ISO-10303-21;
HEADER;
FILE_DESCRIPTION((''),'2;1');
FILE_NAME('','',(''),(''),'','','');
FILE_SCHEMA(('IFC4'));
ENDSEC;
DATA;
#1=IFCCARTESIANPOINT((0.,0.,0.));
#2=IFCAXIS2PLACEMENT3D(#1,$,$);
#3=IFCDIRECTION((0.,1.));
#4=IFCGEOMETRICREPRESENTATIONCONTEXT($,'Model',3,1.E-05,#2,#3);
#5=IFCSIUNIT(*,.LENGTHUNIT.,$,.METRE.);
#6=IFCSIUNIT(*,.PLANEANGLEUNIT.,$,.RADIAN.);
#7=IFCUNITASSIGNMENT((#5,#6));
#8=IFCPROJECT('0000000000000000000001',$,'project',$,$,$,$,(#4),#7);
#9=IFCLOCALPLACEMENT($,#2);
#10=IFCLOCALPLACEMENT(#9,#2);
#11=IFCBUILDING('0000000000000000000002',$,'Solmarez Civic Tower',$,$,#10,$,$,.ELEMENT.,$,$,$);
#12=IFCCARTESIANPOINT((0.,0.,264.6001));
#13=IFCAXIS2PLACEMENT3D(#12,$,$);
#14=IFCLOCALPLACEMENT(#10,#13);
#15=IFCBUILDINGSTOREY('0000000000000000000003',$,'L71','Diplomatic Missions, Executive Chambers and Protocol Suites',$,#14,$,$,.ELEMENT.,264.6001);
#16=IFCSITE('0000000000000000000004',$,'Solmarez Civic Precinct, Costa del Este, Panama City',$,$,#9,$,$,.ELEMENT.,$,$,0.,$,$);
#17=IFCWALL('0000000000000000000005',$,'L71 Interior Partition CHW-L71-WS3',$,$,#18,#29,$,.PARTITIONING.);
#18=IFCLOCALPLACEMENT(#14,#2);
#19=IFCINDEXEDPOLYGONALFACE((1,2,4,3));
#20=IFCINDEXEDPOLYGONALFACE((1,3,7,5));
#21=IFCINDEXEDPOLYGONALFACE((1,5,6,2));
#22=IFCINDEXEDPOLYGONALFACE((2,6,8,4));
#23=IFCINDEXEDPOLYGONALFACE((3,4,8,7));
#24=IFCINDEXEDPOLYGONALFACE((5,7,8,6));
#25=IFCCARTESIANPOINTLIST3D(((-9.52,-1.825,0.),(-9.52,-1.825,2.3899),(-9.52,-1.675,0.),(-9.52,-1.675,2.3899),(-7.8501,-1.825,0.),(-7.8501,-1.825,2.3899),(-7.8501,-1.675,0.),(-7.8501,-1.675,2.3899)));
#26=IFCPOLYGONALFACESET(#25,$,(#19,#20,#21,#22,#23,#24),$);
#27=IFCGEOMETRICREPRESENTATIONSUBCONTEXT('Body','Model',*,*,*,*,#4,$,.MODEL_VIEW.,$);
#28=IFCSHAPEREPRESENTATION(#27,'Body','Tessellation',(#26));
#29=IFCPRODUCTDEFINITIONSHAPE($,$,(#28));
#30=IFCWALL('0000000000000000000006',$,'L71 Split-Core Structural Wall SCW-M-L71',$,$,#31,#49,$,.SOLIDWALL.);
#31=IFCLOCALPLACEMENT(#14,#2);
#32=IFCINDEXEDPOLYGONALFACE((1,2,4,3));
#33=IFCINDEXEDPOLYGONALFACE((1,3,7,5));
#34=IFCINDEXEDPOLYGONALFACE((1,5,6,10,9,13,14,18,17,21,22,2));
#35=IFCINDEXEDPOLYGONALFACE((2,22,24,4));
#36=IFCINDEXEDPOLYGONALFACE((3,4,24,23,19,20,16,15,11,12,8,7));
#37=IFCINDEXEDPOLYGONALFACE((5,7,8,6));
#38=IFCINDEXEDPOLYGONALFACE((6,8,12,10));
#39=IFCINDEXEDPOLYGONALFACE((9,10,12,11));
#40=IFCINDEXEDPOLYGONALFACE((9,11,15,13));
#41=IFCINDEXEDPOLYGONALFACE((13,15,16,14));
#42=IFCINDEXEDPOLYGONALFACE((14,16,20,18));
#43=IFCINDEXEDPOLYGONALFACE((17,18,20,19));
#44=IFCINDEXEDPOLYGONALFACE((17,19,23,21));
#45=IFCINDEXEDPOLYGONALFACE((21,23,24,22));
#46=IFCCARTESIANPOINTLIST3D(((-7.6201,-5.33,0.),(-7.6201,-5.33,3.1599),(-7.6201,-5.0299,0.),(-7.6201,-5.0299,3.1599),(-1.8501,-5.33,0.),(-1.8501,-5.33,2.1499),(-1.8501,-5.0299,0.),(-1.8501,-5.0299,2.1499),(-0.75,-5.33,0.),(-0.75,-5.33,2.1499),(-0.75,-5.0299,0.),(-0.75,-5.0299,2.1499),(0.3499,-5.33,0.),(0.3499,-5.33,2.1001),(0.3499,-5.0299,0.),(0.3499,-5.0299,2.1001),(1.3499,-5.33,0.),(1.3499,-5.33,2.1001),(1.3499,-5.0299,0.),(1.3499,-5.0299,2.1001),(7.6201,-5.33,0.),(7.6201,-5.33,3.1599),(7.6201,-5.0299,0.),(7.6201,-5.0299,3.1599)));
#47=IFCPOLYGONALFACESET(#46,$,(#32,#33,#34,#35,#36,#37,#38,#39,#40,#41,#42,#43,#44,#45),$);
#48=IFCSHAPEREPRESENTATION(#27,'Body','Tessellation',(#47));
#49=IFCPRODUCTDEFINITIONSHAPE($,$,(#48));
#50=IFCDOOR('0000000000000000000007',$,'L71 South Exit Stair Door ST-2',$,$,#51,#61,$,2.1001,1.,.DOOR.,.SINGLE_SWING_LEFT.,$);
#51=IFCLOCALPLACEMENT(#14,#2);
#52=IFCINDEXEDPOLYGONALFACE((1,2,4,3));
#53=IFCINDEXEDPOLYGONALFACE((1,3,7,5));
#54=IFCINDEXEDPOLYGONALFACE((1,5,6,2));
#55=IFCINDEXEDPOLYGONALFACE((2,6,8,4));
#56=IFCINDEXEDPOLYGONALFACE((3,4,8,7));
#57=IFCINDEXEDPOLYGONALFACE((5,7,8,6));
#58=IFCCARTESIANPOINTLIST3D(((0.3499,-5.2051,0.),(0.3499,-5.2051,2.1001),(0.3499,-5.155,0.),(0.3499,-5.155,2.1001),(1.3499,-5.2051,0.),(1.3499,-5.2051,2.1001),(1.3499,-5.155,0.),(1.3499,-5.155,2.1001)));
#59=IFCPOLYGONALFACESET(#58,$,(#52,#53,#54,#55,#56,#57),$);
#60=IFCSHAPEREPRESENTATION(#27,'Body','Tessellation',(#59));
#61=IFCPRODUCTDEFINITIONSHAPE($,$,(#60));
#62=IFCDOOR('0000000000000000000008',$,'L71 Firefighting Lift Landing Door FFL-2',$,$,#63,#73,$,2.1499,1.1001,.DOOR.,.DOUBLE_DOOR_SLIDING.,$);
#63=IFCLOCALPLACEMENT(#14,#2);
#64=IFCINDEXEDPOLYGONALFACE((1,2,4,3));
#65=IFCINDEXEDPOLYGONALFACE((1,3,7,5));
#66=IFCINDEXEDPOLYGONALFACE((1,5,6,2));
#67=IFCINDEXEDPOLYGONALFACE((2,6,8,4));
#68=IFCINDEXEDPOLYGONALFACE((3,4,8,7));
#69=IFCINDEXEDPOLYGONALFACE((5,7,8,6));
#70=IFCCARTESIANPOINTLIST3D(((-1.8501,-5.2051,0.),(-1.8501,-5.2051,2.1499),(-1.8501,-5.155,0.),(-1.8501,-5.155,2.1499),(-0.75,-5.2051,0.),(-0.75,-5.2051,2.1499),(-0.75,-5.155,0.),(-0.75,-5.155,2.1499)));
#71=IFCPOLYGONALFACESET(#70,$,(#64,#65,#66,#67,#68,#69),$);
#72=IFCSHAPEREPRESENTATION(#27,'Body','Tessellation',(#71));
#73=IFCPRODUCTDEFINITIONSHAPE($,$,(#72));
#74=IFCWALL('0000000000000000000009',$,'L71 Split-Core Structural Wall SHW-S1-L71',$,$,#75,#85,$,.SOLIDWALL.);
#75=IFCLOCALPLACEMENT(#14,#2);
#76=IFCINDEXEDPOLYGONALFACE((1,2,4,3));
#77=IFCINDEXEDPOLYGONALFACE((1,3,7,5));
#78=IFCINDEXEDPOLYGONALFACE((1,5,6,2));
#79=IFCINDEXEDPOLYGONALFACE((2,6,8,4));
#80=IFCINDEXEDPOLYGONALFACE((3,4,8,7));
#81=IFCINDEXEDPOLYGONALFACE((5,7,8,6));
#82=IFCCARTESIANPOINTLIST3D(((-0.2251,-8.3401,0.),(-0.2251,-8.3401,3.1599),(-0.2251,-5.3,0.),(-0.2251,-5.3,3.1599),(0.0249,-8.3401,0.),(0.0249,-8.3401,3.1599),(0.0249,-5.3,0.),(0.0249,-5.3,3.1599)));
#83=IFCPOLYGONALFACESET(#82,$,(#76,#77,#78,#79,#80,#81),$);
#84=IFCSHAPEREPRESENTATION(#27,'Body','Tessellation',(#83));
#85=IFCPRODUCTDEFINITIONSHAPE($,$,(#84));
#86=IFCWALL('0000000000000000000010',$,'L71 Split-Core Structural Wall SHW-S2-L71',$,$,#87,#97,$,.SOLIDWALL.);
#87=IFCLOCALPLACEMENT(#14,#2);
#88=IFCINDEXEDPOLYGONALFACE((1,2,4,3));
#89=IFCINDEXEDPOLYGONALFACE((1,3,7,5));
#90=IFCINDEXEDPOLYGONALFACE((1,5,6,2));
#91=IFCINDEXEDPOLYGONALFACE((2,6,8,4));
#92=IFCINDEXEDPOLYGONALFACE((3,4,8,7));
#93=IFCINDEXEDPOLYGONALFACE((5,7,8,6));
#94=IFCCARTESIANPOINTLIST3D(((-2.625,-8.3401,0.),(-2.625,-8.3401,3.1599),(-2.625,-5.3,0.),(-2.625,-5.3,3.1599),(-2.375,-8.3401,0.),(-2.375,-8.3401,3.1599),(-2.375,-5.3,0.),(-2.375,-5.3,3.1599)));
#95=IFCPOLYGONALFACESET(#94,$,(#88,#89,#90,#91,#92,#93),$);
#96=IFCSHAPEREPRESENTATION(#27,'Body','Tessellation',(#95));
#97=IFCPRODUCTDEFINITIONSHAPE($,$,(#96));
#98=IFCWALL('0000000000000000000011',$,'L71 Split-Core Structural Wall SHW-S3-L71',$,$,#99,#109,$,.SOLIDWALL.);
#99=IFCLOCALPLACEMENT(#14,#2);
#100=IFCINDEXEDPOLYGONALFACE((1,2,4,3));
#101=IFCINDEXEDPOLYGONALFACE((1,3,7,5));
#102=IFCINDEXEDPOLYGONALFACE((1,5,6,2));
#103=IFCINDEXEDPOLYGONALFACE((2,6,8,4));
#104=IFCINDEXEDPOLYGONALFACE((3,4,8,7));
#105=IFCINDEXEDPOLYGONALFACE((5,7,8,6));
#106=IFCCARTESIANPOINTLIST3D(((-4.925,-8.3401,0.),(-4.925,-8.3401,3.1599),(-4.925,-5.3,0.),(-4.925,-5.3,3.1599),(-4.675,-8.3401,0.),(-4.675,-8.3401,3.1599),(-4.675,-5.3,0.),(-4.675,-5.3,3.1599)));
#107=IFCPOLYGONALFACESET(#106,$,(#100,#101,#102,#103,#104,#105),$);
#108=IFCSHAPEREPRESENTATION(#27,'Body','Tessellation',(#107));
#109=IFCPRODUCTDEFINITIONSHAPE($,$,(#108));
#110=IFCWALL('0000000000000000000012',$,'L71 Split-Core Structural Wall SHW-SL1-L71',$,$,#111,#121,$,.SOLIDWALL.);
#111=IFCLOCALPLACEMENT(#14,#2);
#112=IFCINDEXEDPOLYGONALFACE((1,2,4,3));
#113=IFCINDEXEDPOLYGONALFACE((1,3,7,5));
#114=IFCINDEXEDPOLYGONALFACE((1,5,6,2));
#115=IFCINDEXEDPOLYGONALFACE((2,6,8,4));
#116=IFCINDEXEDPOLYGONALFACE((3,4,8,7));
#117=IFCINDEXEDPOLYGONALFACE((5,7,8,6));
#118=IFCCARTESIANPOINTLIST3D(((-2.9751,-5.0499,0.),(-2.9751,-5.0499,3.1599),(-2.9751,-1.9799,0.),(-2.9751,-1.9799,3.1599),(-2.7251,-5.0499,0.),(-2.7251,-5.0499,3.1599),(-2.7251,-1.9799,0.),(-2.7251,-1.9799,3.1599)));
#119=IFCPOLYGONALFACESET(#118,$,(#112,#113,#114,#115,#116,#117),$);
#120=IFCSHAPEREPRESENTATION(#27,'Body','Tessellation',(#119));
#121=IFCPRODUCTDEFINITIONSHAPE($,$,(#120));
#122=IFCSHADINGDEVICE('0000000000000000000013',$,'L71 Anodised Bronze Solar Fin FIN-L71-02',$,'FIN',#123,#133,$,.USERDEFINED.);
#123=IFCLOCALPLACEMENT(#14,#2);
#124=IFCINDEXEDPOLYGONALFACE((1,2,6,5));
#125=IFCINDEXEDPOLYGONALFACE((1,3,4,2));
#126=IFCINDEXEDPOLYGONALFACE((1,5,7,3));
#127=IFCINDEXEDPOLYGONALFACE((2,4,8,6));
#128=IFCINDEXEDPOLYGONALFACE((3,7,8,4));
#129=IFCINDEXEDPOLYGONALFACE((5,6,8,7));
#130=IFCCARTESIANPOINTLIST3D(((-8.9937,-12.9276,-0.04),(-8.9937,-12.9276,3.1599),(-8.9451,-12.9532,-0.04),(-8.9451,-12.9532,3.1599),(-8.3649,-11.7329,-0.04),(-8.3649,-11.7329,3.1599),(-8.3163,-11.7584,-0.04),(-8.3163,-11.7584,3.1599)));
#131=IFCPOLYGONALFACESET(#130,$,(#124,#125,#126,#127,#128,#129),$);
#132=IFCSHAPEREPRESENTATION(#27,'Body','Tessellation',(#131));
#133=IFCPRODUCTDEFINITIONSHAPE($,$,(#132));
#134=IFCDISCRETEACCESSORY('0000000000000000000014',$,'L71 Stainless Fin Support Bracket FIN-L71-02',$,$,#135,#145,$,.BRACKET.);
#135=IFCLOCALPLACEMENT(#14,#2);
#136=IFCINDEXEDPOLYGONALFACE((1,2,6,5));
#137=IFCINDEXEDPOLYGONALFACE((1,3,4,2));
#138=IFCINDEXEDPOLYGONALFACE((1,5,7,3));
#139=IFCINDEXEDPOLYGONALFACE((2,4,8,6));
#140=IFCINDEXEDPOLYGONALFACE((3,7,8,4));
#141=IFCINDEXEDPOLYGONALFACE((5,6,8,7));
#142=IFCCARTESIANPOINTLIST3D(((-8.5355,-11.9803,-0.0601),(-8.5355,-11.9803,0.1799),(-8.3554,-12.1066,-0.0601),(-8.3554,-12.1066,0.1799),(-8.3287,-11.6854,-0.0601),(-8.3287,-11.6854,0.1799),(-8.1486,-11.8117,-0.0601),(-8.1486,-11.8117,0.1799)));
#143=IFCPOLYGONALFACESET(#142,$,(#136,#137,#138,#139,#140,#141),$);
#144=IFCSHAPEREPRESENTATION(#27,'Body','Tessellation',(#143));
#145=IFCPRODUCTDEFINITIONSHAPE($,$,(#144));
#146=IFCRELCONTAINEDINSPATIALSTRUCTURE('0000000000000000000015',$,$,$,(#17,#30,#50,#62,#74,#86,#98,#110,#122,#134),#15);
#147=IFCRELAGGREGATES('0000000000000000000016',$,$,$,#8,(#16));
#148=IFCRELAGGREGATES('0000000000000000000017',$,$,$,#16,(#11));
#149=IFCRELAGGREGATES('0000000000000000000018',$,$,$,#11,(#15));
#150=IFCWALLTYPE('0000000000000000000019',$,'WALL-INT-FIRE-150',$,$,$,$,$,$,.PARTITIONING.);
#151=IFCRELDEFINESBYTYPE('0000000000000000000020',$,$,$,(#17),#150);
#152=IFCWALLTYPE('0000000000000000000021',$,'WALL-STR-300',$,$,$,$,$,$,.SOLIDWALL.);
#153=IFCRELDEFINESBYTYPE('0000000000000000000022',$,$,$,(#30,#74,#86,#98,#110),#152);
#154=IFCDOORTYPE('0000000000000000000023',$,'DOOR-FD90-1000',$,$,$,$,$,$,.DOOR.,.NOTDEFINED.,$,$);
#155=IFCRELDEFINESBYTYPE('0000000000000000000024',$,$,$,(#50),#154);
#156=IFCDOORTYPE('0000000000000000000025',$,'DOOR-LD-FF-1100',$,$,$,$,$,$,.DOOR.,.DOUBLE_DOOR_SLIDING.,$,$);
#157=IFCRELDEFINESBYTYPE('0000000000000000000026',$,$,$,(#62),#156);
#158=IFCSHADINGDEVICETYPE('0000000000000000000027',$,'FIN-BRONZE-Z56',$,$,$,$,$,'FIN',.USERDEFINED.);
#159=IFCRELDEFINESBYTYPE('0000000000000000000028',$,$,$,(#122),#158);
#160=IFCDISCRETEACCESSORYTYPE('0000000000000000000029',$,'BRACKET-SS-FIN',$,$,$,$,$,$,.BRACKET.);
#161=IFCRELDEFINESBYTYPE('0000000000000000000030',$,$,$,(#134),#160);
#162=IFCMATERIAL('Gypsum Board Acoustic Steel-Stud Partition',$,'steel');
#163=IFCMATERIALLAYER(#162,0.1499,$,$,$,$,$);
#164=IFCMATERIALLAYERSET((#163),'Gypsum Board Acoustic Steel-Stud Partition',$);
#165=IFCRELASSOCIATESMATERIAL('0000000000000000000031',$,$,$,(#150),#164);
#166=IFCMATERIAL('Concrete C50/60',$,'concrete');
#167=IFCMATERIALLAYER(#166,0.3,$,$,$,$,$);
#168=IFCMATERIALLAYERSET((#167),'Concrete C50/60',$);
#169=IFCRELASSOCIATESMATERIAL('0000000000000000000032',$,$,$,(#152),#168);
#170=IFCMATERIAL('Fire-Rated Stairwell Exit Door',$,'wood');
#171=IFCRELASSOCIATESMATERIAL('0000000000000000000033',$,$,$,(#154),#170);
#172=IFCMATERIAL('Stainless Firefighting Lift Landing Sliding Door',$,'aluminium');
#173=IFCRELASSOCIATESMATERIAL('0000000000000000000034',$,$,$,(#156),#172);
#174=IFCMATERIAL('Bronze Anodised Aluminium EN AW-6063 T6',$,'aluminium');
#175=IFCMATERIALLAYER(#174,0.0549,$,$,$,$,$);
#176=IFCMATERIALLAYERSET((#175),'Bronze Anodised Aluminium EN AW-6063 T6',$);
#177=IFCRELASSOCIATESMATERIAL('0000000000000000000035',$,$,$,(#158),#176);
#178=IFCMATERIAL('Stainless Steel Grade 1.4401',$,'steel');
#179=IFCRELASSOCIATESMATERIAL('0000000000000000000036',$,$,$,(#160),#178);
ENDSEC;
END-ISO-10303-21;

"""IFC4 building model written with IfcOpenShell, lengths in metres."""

from ifc_helpers import new_model, si_unit, direction, frame, frame_2d, origin, origin_2d, place, context, subcontext, project, spatial, rectangle, extrude, material, layer, layer_set, type_object, element, fill, save


model = new_model("IFC4")

# Units and contexts
model_context = context("Model", 3, precision=1e-05, world=origin(), true_north=direction((0.0, 1.0)))
body_context = subcontext(model_context, "Body", "Model", "MODEL_VIEW")
ifc_project = project(units=[si_unit("LENGTHUNIT", "METRE"), si_unit("PLANEANGLEUNIT", "RADIAN")], contexts=[model_context])

# Site, building, storey
site_placement = place(None, origin())
site = spatial("IfcSite", under=ifc_project, at=site_placement, Name="Solmarez Civic Precinct, Costa del Este, Panama City", CompositionType="ELEMENT", RefElevation=0.0)
building_placement = place(site_placement, origin())
building = spatial("IfcBuilding", under=site, at=building_placement, Name="Solmarez Civic Tower", CompositionType="ELEMENT")
storey_placement = place(building_placement, frame((0.0, 0.0, 264.6001)))
storey = spatial("IfcBuildingStorey", under=building, at=storey_placement, Name="L71", Description="Diplomatic Missions, Executive Chambers and Protocol Suites", CompositionType="ELEMENT", Elevation=264.6001)

# Shared definitions
ifc_material_1 = material(Name="Bronze Anodised Aluminium EN AW-6063 T6", Category="aluminium")

# Shared definitions
ifc_material_2 = material(Name="Concrete C50/60", Category="concrete")

# Wall
ifc_material_3 = material(Name="Gypsum Board Acoustic Steel-Stud Partition", Category="steel")
ifc_layer_1 = layer(ifc_material_3, 0.1499)
ifc_layer_set_1 = layer_set([ifc_layer_1], Name="Gypsum Board Acoustic Steel-Stud Partition")
wall_type_1 = type_object("IfcWallType", Name="WALL-INT-FIRE-150", PredefinedType="PARTITIONING", material=ifc_layer_set_1)
wall_1_placement = place(storey_placement, frame((-7.8501, -1.75, 0.0), z_axis=(0.0, 0.0, 1.0), x_axis=(-1.0, 0.0, 0.0)))
element("IfcWall", 1, at=wall_1_placement, inside=storey, type_object=wall_type_1, Name="L71 Interior Partition CHW-L71-WS3", PredefinedType="PARTITIONING", context=body_context, shape_type="SweptSolid", body=[
    extrude(rectangle(XDim=1.6699, YDim=0.1499, at=frame_2d((0.835, 0.0))), origin(), (0.0, 0.0, 1.0), 2.3899),
])

# Wall, openings, doors
ifc_layer_2 = layer(ifc_material_2, 0.3)
ifc_layer_set_2 = layer_set([ifc_layer_2], Name="Concrete C50/60")
wall_type_2 = type_object("IfcWallType", Name="WALL-STR-300", PredefinedType="SOLIDWALL", material=ifc_layer_set_2)
wall_2_placement = place(storey_placement, frame((-7.6201, -5.1799, 0.0), z_axis=(0.0, 0.0, 1.0), x_axis=(1.0, 0.0, 0.0)))
wall_2 = element("IfcWall", 2, at=wall_2_placement, inside=storey, type_object=wall_type_2, Name="L71 Split-Core Structural Wall SCW-M-L71", PredefinedType="SOLIDWALL", context=body_context, shape_type="SweptSolid", body=[
    extrude(rectangle(XDim=15.2402, YDim=0.3, at=frame_2d((7.6201, 0.0))), origin(), (0.0, 0.0, 1.0), 3.1599),
])
opening_1_placement = place(wall_2_placement, frame((5.77, 0.0, 0.0)))
opening_1 = element("IfcOpeningElement", 3, at=opening_1_placement, cuts=wall_2, PredefinedType="OPENING", context=body_context, shape_type="SweptSolid", body=[
    extrude(rectangle(XDim=1.1001, YDim=2.1499, at=frame_2d((0.55, 1.075))), frame((0.0, 0.1599, 0.0), z_axis=(0.0, -1.0, 0.0), x_axis=(1.0, 0.0, 0.0)), (0.0, 0.0, 1.0), 0.3201),
])
opening_2_placement = place(wall_2_placement, frame((7.97, 0.0, 0.0)))
opening_2 = element("IfcOpeningElement", 4, at=opening_2_placement, cuts=wall_2, PredefinedType="OPENING", context=body_context, shape_type="SweptSolid", body=[
    extrude(rectangle(XDim=1.0, YDim=2.1001, at=frame_2d((0.5, 1.05))), frame((0.0, 0.1599, 0.0), z_axis=(0.0, -1.0, 0.0), x_axis=(1.0, 0.0, 0.0)), (0.0, 0.0, 1.0), 0.3201),
])
ifc_material_4 = material(Name="Fire-Rated Stairwell Exit Door", Category="wood")
door_type_1 = type_object("IfcDoorType", Name="DOOR-FD90-1000", OperationType="NOTDEFINED", PredefinedType="DOOR", material=ifc_material_4)
door_1_placement = place(opening_2_placement, origin())
door_1 = element("IfcDoor", 5, at=door_1_placement, inside=storey, type_object=door_type_1, Name="L71 South Exit Stair Door ST-2", OperationType="SINGLE_SWING_LEFT", OverallHeight=2.1001, OverallWidth=1.0, PredefinedType="DOOR", context=body_context, shape_type="SweptSolid", body=[
    extrude(rectangle(XDim=1.0, YDim=2.1001, at=frame_2d((0.5, 1.05))), frame((0.0, 0.0249, 0.0), z_axis=(0.0, -1.0, 0.0), x_axis=(1.0, 0.0, 0.0)), (0.0, 0.0, 1.0), 0.05),
])
fill(opening_2, door_1)
ifc_material_5 = material(Name="Stainless Firefighting Lift Landing Sliding Door", Category="aluminium")
door_type_2 = type_object("IfcDoorType", Name="DOOR-LD-FF-1100", OperationType="DOUBLE_DOOR_SLIDING", PredefinedType="DOOR", material=ifc_material_5)
door_2_placement = place(opening_1_placement, origin())
door_2 = element("IfcDoor", 6, at=door_2_placement, inside=storey, type_object=door_type_2, Name="L71 Firefighting Lift Landing Door FFL-2", OperationType="DOUBLE_DOOR_SLIDING", OverallHeight=2.1499, OverallWidth=1.1001, PredefinedType="DOOR", context=body_context, shape_type="SweptSolid", body=[
    extrude(rectangle(XDim=1.1001, YDim=2.1499, at=frame_2d((0.55, 1.075))), frame((0.0, 0.0249, 0.0), z_axis=(0.0, -1.0, 0.0), x_axis=(1.0, 0.0, 0.0)), (0.0, 0.0, 1.0), 0.05),
])
fill(opening_1, door_2)

# Walls
for number, where, z_axis, x_axis, name in (
    (7, (-0.1001, -8.3401, 0.0), (0.0, 0.0, 1.0), (0.0, 1.0, 0.0), "L71 Split-Core Structural Wall SHW-S1-L71"),
    (8, (-2.5, -8.3401, 0.0), (0.0, 0.0, 1.0), (0.0, 1.0, 0.0), "L71 Split-Core Structural Wall SHW-S2-L71"),
    (9, (-4.8, -8.3401, 0.0), (0.0, 0.0, 1.0), (0.0, 1.0, 0.0), "L71 Split-Core Structural Wall SHW-S3-L71"),
):
    element("IfcWall", number, at=place(storey_placement, frame(where, z_axis=z_axis, x_axis=x_axis)), inside=storey, type_object=wall_type_2, Name=name, PredefinedType="SOLIDWALL", context=body_context, shape_type="SweptSolid", body=[
        extrude(rectangle(XDim=3.04, YDim=0.25, at=frame_2d((1.52, 0.0))), origin(), (0.0, 0.0, 1.0), 3.1599),
    ])
wall_3_placement = place(storey_placement, frame((-2.8501, -5.05, 0.0), z_axis=(0.0, 0.0, 1.0), x_axis=(0.0, 1.0, 0.0)))
element("IfcWall", 10, at=wall_3_placement, inside=storey, type_object=wall_type_2, Name="L71 Split-Core Structural Wall SHW-SL1-L71", PredefinedType="SOLIDWALL", context=body_context, shape_type="SweptSolid", body=[
    extrude(rectangle(XDim=3.0701, YDim=0.25, at=frame_2d((1.5352, 0.0))), origin(), (0.0, 0.0, 1.0), 3.1599),
])

# Shading device
ifc_layer_3 = layer(ifc_material_1, 0.0549)
ifc_layer_set_3 = layer_set([ifc_layer_3], Name="Bronze Anodised Aluminium EN AW-6063 T6")
shading_device_type = type_object("IfcShadingDeviceType", Name="FIN-BRONZE-Z56", ElementType="FIN", PredefinedType="USERDEFINED", material=ifc_layer_set_3)
shading_device_placement = place(storey_placement, frame((-8.655, -12.343, -0.04), z_axis=(0.0, 0.0, 1.0), x_axis=(-0.465738, -0.884923, 0.0)))
element("IfcShadingDevice", 11, at=shading_device_placement, inside=storey, type_object=shading_device_type, Name="L71 Anodised Bronze Solar Fin FIN-L71-02", ObjectType="FIN", PredefinedType="USERDEFINED", context=body_context, shape_type="SweptSolid", body=[
    extrude(rectangle(XDim=1.3501, YDim=0.0549, at=origin_2d()), origin(), (0.0, 0.0, 1.0), 3.2),
])

# Discrete accessory
ifc_material_6 = material(Name="Stainless Steel Grade 1.4401", Category="steel")
discrete_accessory_type = type_object("IfcDiscreteAccessoryType", Name="BRACKET-SS-FIN", PredefinedType="BRACKET", material=ifc_material_6)
discrete_accessory_placement = place(storey_placement, frame((-8.342, -11.896, -0.0601), z_axis=(0.0, 0.0, 1.0), x_axis=(-0.574168, -0.818738, 0.0)))
element("IfcDiscreteAccessory", 12, at=discrete_accessory_placement, inside=storey, type_object=discrete_accessory_type, Name="L71 Stainless Fin Support Bracket FIN-L71-02", PredefinedType="BRACKET", context=body_context, shape_type="SweptSolid", body=[
    extrude(rectangle(XDim=0.3601, YDim=0.22, at=origin_2d()), origin(), (0.0, 0.0, 1.0), 0.24),
])

save(model, "model.ifc")
